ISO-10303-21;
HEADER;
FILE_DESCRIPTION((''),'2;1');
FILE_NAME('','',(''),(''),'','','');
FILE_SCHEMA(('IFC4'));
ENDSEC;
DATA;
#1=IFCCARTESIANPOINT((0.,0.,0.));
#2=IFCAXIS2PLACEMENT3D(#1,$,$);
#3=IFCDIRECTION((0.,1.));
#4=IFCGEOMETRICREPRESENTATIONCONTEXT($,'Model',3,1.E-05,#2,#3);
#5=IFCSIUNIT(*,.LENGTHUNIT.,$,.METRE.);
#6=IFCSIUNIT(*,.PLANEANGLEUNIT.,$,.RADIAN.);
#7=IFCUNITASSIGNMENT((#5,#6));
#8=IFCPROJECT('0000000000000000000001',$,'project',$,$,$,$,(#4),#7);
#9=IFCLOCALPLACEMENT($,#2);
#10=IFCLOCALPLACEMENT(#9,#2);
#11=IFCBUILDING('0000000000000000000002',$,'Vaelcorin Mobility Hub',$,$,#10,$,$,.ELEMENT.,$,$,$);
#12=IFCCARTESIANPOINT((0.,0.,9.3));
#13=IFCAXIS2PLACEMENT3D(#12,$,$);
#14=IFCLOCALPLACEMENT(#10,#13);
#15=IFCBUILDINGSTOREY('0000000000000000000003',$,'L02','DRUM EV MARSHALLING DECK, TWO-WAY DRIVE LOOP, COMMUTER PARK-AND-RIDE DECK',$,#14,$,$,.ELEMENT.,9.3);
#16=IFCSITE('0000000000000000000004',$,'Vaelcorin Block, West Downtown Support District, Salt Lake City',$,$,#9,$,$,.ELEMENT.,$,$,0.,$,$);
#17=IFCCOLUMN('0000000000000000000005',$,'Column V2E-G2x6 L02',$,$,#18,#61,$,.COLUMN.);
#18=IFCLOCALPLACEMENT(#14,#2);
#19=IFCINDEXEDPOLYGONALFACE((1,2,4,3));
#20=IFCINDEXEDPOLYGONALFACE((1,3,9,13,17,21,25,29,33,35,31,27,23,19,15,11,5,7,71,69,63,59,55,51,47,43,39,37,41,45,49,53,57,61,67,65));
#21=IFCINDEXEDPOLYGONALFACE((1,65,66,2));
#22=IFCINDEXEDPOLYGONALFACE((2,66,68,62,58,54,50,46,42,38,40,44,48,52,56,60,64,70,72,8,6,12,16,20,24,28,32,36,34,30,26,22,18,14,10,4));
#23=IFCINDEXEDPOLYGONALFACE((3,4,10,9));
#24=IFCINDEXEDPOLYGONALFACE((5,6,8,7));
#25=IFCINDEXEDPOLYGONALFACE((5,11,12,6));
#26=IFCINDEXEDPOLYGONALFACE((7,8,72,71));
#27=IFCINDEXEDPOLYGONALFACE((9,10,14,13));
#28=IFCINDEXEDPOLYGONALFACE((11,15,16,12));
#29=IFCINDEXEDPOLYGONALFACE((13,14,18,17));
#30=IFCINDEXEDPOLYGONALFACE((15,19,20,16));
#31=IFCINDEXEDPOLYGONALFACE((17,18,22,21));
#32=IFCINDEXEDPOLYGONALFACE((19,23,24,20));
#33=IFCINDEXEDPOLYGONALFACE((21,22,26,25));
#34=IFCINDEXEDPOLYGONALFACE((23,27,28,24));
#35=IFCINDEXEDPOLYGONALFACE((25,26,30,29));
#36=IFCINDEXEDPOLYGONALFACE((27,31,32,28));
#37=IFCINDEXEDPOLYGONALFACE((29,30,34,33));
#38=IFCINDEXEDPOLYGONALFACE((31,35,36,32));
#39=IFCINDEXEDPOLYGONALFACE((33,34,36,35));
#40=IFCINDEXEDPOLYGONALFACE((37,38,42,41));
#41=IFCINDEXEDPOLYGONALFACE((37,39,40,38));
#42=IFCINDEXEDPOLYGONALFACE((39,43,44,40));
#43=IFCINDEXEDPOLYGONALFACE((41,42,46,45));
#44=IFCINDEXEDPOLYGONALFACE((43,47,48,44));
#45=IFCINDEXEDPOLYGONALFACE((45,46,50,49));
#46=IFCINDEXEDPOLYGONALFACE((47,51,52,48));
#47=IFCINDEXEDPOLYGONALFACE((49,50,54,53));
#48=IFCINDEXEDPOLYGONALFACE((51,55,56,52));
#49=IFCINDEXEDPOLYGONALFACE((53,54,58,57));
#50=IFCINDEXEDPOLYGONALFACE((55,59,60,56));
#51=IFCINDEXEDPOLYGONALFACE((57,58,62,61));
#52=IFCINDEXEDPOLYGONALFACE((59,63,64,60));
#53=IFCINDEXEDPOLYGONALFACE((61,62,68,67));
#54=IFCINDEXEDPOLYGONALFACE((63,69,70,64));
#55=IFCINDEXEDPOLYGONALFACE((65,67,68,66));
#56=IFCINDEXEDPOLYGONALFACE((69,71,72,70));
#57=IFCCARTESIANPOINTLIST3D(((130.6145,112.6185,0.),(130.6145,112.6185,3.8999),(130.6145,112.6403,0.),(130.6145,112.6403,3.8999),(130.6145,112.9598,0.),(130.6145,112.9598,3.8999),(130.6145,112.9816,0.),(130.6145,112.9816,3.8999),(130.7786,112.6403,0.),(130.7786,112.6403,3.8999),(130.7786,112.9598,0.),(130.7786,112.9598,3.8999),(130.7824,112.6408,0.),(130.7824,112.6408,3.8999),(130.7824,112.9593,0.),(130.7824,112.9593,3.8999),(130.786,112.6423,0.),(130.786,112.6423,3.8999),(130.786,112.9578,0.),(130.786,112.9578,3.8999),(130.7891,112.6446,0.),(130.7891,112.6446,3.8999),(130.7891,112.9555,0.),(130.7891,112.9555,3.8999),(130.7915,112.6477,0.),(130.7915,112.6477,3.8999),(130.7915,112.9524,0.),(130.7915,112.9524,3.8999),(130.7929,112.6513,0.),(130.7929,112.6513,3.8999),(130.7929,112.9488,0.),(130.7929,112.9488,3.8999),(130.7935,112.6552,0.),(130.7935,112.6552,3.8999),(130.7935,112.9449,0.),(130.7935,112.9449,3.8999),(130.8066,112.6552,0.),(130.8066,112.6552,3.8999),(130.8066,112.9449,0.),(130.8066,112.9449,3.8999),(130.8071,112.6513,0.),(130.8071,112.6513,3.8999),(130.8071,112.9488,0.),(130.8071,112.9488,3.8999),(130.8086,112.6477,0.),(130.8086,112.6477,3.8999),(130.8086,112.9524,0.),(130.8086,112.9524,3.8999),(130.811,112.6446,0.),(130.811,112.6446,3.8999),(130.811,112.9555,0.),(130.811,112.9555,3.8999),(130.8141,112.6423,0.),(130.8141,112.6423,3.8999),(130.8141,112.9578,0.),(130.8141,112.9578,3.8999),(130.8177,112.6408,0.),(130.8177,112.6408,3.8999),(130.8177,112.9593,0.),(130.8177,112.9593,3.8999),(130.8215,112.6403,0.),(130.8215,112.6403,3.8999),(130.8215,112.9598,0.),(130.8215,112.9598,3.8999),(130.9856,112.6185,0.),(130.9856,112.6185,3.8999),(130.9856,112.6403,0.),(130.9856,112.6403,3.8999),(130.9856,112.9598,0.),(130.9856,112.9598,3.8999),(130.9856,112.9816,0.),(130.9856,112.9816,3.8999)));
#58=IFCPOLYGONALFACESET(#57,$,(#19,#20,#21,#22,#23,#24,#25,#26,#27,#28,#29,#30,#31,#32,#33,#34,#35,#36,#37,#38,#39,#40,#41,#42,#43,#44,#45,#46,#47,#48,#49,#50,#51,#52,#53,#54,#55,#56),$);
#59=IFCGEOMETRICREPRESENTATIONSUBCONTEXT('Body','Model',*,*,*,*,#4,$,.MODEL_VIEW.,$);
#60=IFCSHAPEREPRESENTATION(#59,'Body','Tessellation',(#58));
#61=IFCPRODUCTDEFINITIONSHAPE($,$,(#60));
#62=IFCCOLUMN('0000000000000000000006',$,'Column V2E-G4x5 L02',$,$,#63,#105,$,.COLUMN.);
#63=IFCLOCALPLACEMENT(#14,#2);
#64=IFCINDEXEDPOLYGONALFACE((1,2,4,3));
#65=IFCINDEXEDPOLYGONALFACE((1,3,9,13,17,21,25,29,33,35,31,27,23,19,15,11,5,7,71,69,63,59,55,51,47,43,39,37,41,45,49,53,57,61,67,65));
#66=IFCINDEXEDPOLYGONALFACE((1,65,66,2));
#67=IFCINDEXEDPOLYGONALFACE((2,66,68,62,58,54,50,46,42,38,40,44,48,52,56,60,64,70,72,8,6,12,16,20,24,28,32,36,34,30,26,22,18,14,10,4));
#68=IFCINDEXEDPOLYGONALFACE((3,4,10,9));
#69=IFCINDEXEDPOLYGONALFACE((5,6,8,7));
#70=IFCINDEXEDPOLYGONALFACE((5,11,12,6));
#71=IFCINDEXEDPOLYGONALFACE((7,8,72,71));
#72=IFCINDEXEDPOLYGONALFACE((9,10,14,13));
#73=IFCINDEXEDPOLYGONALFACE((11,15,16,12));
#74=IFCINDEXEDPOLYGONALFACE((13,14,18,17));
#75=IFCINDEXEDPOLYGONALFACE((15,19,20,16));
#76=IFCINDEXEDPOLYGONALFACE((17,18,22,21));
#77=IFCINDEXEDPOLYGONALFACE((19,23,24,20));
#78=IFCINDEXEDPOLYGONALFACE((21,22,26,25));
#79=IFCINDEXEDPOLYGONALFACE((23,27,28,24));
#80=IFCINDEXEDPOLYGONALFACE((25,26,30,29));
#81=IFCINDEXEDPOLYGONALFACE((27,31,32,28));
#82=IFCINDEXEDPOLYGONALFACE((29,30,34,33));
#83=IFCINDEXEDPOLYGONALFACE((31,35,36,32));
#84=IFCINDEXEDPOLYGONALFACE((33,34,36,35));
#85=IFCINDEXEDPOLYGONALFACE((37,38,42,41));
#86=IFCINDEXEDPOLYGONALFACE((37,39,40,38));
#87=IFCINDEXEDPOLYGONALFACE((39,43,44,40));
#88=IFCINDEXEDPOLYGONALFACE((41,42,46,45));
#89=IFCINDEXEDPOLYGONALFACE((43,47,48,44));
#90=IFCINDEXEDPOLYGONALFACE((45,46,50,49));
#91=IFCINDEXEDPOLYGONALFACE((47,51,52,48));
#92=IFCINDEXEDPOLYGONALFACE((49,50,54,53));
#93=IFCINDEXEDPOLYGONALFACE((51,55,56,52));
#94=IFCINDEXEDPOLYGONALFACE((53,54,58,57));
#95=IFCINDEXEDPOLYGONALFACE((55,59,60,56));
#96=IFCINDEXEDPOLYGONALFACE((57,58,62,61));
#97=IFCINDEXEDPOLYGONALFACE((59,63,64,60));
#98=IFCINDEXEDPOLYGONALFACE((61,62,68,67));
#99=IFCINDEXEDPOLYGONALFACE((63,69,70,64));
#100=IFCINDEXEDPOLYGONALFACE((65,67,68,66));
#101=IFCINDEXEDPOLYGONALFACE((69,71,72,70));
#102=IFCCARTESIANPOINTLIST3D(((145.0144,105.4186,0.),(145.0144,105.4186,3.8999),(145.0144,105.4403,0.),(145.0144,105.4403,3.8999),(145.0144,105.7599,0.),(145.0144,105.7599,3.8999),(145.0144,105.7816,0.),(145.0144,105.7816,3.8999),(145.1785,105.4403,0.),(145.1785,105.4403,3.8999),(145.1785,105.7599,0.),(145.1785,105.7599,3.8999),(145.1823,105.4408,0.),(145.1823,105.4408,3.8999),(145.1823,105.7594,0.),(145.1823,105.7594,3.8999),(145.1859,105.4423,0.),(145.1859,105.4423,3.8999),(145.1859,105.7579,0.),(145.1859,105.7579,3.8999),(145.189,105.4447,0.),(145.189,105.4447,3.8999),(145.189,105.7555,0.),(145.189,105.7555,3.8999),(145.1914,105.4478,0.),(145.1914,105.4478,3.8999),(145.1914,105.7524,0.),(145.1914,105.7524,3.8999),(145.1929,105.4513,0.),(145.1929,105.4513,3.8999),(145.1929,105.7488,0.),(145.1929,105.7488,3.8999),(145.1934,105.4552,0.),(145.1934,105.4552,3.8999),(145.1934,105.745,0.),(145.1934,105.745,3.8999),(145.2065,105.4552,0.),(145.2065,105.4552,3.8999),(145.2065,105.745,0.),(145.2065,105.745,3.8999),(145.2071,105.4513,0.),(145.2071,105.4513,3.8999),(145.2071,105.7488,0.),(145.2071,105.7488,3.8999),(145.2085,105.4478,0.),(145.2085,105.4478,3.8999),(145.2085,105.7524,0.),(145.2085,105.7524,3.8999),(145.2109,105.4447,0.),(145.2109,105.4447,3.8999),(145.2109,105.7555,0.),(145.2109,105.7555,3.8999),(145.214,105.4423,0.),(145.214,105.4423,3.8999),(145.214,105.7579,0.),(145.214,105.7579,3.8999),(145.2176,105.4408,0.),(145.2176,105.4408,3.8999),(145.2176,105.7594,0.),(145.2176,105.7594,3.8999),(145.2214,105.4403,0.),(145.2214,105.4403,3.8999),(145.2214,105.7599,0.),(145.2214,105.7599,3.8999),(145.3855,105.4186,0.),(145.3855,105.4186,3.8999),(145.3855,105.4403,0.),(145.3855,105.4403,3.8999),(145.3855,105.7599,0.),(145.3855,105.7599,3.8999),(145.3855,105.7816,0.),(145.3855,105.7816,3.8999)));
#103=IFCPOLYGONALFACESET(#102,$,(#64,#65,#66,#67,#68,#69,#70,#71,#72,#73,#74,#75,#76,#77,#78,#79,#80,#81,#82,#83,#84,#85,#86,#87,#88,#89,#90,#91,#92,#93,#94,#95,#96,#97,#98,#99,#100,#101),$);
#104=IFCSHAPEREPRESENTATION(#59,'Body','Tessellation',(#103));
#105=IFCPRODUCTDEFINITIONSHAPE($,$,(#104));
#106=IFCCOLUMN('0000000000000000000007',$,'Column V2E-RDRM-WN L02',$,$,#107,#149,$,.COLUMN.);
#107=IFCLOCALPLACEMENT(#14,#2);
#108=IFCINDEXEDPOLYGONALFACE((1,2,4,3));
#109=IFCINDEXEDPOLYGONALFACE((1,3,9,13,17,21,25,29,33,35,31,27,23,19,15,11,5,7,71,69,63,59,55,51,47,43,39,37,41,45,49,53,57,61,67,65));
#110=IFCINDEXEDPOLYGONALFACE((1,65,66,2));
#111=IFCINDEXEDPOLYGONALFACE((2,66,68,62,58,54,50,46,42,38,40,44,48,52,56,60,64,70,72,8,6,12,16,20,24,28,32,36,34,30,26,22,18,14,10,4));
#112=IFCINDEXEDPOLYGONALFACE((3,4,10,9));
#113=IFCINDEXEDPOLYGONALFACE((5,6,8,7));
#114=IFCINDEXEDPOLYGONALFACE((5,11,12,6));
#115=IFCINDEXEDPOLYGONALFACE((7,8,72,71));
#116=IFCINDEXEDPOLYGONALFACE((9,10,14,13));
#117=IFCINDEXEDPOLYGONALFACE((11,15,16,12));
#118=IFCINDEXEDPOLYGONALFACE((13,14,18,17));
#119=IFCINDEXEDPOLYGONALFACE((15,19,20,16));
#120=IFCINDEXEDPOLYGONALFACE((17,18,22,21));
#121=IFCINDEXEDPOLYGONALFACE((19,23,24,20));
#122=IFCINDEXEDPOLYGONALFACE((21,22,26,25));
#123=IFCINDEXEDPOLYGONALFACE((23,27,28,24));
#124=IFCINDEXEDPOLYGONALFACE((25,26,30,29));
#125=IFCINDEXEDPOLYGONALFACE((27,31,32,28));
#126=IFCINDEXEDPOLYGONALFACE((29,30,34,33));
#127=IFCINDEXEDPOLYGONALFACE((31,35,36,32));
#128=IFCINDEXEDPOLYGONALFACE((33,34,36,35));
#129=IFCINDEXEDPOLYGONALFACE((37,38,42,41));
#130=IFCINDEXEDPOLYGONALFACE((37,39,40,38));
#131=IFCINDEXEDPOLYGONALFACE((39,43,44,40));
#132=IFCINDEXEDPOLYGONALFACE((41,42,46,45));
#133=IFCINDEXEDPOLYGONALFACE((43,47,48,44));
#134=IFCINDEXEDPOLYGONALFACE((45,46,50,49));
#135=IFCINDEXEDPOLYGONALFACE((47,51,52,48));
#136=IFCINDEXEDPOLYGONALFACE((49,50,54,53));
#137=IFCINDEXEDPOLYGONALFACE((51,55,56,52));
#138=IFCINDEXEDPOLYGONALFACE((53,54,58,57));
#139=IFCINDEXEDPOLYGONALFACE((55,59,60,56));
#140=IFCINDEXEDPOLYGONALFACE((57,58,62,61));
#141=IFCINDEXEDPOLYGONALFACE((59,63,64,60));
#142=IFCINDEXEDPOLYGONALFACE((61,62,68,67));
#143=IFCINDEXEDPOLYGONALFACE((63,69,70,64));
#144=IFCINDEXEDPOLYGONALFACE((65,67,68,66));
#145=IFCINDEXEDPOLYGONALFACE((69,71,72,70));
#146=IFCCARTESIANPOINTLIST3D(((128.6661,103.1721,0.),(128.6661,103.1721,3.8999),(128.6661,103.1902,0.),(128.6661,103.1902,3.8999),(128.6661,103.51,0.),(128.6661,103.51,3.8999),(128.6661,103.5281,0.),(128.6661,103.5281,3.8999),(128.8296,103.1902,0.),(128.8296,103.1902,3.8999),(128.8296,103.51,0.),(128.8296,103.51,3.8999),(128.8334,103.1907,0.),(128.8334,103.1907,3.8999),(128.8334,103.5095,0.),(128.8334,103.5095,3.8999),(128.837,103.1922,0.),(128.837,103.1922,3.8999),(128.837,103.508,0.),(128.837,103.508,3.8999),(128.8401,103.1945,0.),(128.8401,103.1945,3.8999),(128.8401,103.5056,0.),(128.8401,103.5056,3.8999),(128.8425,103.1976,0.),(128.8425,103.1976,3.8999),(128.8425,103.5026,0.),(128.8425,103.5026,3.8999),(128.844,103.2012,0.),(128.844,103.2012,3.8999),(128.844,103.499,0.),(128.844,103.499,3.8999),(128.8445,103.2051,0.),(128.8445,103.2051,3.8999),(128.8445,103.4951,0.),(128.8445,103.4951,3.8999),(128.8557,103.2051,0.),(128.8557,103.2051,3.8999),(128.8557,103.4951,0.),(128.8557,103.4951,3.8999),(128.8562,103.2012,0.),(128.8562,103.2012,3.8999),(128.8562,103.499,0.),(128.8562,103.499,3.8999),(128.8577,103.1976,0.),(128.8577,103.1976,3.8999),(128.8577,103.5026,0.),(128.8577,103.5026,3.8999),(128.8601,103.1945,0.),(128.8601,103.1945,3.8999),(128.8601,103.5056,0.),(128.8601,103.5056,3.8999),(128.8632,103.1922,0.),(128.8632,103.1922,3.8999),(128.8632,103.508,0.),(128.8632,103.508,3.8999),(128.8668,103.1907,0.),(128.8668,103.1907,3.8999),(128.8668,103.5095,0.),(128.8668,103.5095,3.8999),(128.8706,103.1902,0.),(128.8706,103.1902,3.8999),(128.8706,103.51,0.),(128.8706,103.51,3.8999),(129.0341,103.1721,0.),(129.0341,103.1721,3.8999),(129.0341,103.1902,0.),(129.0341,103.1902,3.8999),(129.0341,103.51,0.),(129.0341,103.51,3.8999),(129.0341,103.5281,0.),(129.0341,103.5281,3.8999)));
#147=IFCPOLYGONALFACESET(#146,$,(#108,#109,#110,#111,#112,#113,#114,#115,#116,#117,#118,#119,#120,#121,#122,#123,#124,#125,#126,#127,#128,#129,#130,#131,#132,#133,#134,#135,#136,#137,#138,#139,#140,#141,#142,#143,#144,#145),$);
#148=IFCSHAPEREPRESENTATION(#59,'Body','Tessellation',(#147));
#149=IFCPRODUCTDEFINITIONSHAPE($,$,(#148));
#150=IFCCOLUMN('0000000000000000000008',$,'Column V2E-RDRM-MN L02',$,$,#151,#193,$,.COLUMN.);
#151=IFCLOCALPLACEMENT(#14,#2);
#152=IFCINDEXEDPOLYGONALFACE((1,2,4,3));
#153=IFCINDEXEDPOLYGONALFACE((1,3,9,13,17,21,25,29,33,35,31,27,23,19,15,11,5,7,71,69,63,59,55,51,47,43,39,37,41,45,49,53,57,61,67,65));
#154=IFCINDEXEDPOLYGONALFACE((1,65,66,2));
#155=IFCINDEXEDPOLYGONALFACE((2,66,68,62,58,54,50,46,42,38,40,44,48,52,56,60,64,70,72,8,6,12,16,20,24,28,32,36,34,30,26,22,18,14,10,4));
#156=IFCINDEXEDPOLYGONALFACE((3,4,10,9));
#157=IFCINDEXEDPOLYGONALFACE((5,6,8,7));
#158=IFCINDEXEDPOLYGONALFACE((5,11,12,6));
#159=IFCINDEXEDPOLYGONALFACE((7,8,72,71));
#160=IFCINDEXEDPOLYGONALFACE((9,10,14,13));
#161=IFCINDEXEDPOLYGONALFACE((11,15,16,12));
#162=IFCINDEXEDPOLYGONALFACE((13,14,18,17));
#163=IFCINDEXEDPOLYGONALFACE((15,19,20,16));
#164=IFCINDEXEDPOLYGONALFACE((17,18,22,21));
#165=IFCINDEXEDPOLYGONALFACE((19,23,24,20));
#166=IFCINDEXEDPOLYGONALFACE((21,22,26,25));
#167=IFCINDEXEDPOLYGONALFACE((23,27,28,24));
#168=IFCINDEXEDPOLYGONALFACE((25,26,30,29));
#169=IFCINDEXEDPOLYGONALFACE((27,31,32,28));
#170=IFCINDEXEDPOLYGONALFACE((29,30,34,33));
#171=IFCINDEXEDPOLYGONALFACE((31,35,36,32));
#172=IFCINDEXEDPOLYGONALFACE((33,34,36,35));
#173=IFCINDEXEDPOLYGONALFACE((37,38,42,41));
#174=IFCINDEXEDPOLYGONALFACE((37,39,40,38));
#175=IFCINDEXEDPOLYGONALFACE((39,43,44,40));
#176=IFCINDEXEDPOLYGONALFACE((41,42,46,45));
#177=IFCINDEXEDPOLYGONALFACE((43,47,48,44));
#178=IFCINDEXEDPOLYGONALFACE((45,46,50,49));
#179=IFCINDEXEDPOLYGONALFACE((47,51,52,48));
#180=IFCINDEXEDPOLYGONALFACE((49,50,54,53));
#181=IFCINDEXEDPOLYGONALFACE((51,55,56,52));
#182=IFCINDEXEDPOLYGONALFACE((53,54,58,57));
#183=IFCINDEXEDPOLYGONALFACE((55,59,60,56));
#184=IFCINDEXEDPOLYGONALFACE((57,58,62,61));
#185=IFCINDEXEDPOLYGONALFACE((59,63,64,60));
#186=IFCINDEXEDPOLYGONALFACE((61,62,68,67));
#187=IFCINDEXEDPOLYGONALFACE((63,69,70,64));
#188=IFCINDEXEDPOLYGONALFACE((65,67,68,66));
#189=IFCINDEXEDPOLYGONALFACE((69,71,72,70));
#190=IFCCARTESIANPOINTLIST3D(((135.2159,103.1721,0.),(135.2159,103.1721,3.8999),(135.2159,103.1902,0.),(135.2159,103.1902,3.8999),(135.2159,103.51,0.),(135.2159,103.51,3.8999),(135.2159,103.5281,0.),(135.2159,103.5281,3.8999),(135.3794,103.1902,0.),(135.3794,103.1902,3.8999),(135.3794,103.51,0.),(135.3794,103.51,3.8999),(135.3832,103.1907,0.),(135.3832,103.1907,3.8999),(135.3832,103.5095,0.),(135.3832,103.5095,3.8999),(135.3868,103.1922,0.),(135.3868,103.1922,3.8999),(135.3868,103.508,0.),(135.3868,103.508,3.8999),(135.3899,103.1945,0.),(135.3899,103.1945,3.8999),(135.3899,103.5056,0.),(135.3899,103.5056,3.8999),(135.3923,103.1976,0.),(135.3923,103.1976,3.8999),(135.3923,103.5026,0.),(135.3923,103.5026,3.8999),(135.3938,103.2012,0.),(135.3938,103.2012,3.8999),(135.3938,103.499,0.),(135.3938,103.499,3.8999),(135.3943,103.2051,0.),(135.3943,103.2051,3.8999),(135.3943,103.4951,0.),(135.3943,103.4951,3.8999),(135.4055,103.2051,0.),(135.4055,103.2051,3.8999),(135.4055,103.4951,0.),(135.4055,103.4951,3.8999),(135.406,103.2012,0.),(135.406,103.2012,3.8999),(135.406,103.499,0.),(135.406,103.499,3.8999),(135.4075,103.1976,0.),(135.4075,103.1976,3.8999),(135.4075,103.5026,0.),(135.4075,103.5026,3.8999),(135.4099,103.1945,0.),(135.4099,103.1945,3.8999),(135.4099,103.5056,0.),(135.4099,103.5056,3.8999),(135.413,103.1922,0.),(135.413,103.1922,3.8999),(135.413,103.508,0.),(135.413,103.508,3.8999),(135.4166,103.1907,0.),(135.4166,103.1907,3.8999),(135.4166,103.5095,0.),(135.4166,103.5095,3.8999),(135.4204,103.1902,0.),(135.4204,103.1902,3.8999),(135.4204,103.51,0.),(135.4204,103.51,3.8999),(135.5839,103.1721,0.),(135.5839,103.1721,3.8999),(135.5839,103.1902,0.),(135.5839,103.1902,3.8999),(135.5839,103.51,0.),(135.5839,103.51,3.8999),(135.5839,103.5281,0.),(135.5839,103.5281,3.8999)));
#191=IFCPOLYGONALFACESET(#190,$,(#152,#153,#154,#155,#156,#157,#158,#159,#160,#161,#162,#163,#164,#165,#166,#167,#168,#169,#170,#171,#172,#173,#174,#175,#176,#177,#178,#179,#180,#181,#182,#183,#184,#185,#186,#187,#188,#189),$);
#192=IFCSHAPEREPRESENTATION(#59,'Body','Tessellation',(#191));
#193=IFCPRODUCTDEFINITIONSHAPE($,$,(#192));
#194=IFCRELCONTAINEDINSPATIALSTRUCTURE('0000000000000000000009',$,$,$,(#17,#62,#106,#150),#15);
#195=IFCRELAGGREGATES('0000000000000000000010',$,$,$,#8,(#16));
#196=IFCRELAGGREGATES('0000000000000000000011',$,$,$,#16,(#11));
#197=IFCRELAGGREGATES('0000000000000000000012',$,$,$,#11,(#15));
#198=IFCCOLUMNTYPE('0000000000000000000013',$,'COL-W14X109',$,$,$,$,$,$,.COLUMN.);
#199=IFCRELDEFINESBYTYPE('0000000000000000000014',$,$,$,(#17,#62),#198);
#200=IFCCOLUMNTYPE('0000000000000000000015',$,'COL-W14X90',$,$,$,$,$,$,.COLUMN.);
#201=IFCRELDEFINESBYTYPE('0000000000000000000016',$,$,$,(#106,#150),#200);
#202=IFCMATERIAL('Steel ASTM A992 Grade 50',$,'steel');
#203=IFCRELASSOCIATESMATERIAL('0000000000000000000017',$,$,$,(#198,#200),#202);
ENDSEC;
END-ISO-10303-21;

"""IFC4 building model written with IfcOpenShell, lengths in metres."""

from ifc_helpers import new_model, si_unit, direction, frame, origin, origin_2d, place, context, subcontext, project, spatial, i_section, extrude, material, material_profile, profile_set, type_object, element, save


model = new_model("IFC4")

# Units and contexts
model_context = context("Model", 3, precision=1e-05, world=origin(), true_north=direction((0.0, 1.0)))
body_context = subcontext(model_context, "Body", "Model", "MODEL_VIEW")
ifc_project = project(units=[si_unit("LENGTHUNIT", "METRE"), si_unit("PLANEANGLEUNIT", "RADIAN")], contexts=[model_context])

# Site, building, storey
site_placement = place(None, origin())
site = spatial("IfcSite", under=ifc_project, at=site_placement, Name="Vaelcorin Block, West Downtown Support District, Salt Lake City", CompositionType="ELEMENT", RefElevation=0.0)
building_placement = place(site_placement, origin())
building = spatial("IfcBuilding", under=site, at=building_placement, Name="Vaelcorin Mobility Hub", CompositionType="ELEMENT")
storey_placement = place(building_placement, frame((0.0, 0.0, 9.3)))
storey = spatial("IfcBuildingStorey", under=building, at=storey_placement, Name="L02", Description="DRUM EV MARSHALLING DECK, TWO-WAY DRIVE LOOP, COMMUTER PARK-AND-RIDE DECK", CompositionType="ELEMENT", Elevation=9.3)

# Columns
ifc_material_1 = material(Name="Steel ASTM A992 Grade 50", Category="steel")
ifc_material_profile_1 = material_profile(ifc_material_1, i_section(OverallWidth=0.3711, OverallDepth=0.363, WebThickness=0.0132, FlangeThickness=0.0217, FilletRadius=0.0149, at=origin_2d()), Name="W14X109")
ifc_profile_set_1 = profile_set([ifc_material_profile_1], Name="Steel ASTM A992 Grade 50")
column_type_1 = type_object("IfcColumnType", Name="COL-W14X109", PredefinedType="COLUMN", material=ifc_profile_set_1)
for number, where, z_axis, x_axis, name in (
    (1, (130.8, 112.8, 0.0), (0.0, 0.0, 1.0), (1.0, 0.0, 0.0), "Column V2E-G2x6 L02"),
    (2, (145.2, 105.6001, 0.0), (0.0, 0.0, 1.0), (1.0, 0.0, 0.0), "Column V2E-G4x5 L02"),
):
    element("IfcColumn", number, at=place(storey_placement, frame(where, z_axis=z_axis, x_axis=x_axis)), inside=storey, type_object=column_type_1, Name=name, PredefinedType="COLUMN", context=body_context, shape_type="SweptSolid", body=[
        extrude(i_section(OverallWidth=0.3711, OverallDepth=0.363, WebThickness=0.0132, FlangeThickness=0.0217, FilletRadius=0.0149, at=origin_2d()), origin(), (0.0, 0.0, 1.0), 3.8999),
    ])
ifc_material_profile_2 = material_profile(ifc_material_1, i_section(OverallWidth=0.3679, OverallDepth=0.356, WebThickness=0.0112, FlangeThickness=0.0181, FilletRadius=0.0149, at=origin_2d()), Name="W14X90")
ifc_profile_set_2 = profile_set([ifc_material_profile_2], Name="Steel ASTM A992 Grade 50")
column_type_2 = type_object("IfcColumnType", Name="COL-W14X90", PredefinedType="COLUMN", material=ifc_profile_set_2)
for number, where, z_axis, x_axis, name in (
    (3, (128.8501, 103.3501, 0.0), (0.0, 0.0, 1.0), (1.0, 0.0, 0.0), "Column V2E-RDRM-WN L02"),
    (4, (135.3999, 103.3501, 0.0), (0.0, 0.0, 1.0), (1.0, 0.0, 0.0), "Column V2E-RDRM-MN L02"),
):
    element("IfcColumn", number, at=place(storey_placement, frame(where, z_axis=z_axis, x_axis=x_axis)), inside=storey, type_object=column_type_2, Name=name, PredefinedType="COLUMN", context=body_context, shape_type="SweptSolid", body=[
        extrude(i_section(OverallWidth=0.3679, OverallDepth=0.356, WebThickness=0.0112, FlangeThickness=0.0181, FilletRadius=0.0149, at=origin_2d()), origin(), (0.0, 0.0, 1.0), 3.8999),
    ])

save(model, "model.ifc")
